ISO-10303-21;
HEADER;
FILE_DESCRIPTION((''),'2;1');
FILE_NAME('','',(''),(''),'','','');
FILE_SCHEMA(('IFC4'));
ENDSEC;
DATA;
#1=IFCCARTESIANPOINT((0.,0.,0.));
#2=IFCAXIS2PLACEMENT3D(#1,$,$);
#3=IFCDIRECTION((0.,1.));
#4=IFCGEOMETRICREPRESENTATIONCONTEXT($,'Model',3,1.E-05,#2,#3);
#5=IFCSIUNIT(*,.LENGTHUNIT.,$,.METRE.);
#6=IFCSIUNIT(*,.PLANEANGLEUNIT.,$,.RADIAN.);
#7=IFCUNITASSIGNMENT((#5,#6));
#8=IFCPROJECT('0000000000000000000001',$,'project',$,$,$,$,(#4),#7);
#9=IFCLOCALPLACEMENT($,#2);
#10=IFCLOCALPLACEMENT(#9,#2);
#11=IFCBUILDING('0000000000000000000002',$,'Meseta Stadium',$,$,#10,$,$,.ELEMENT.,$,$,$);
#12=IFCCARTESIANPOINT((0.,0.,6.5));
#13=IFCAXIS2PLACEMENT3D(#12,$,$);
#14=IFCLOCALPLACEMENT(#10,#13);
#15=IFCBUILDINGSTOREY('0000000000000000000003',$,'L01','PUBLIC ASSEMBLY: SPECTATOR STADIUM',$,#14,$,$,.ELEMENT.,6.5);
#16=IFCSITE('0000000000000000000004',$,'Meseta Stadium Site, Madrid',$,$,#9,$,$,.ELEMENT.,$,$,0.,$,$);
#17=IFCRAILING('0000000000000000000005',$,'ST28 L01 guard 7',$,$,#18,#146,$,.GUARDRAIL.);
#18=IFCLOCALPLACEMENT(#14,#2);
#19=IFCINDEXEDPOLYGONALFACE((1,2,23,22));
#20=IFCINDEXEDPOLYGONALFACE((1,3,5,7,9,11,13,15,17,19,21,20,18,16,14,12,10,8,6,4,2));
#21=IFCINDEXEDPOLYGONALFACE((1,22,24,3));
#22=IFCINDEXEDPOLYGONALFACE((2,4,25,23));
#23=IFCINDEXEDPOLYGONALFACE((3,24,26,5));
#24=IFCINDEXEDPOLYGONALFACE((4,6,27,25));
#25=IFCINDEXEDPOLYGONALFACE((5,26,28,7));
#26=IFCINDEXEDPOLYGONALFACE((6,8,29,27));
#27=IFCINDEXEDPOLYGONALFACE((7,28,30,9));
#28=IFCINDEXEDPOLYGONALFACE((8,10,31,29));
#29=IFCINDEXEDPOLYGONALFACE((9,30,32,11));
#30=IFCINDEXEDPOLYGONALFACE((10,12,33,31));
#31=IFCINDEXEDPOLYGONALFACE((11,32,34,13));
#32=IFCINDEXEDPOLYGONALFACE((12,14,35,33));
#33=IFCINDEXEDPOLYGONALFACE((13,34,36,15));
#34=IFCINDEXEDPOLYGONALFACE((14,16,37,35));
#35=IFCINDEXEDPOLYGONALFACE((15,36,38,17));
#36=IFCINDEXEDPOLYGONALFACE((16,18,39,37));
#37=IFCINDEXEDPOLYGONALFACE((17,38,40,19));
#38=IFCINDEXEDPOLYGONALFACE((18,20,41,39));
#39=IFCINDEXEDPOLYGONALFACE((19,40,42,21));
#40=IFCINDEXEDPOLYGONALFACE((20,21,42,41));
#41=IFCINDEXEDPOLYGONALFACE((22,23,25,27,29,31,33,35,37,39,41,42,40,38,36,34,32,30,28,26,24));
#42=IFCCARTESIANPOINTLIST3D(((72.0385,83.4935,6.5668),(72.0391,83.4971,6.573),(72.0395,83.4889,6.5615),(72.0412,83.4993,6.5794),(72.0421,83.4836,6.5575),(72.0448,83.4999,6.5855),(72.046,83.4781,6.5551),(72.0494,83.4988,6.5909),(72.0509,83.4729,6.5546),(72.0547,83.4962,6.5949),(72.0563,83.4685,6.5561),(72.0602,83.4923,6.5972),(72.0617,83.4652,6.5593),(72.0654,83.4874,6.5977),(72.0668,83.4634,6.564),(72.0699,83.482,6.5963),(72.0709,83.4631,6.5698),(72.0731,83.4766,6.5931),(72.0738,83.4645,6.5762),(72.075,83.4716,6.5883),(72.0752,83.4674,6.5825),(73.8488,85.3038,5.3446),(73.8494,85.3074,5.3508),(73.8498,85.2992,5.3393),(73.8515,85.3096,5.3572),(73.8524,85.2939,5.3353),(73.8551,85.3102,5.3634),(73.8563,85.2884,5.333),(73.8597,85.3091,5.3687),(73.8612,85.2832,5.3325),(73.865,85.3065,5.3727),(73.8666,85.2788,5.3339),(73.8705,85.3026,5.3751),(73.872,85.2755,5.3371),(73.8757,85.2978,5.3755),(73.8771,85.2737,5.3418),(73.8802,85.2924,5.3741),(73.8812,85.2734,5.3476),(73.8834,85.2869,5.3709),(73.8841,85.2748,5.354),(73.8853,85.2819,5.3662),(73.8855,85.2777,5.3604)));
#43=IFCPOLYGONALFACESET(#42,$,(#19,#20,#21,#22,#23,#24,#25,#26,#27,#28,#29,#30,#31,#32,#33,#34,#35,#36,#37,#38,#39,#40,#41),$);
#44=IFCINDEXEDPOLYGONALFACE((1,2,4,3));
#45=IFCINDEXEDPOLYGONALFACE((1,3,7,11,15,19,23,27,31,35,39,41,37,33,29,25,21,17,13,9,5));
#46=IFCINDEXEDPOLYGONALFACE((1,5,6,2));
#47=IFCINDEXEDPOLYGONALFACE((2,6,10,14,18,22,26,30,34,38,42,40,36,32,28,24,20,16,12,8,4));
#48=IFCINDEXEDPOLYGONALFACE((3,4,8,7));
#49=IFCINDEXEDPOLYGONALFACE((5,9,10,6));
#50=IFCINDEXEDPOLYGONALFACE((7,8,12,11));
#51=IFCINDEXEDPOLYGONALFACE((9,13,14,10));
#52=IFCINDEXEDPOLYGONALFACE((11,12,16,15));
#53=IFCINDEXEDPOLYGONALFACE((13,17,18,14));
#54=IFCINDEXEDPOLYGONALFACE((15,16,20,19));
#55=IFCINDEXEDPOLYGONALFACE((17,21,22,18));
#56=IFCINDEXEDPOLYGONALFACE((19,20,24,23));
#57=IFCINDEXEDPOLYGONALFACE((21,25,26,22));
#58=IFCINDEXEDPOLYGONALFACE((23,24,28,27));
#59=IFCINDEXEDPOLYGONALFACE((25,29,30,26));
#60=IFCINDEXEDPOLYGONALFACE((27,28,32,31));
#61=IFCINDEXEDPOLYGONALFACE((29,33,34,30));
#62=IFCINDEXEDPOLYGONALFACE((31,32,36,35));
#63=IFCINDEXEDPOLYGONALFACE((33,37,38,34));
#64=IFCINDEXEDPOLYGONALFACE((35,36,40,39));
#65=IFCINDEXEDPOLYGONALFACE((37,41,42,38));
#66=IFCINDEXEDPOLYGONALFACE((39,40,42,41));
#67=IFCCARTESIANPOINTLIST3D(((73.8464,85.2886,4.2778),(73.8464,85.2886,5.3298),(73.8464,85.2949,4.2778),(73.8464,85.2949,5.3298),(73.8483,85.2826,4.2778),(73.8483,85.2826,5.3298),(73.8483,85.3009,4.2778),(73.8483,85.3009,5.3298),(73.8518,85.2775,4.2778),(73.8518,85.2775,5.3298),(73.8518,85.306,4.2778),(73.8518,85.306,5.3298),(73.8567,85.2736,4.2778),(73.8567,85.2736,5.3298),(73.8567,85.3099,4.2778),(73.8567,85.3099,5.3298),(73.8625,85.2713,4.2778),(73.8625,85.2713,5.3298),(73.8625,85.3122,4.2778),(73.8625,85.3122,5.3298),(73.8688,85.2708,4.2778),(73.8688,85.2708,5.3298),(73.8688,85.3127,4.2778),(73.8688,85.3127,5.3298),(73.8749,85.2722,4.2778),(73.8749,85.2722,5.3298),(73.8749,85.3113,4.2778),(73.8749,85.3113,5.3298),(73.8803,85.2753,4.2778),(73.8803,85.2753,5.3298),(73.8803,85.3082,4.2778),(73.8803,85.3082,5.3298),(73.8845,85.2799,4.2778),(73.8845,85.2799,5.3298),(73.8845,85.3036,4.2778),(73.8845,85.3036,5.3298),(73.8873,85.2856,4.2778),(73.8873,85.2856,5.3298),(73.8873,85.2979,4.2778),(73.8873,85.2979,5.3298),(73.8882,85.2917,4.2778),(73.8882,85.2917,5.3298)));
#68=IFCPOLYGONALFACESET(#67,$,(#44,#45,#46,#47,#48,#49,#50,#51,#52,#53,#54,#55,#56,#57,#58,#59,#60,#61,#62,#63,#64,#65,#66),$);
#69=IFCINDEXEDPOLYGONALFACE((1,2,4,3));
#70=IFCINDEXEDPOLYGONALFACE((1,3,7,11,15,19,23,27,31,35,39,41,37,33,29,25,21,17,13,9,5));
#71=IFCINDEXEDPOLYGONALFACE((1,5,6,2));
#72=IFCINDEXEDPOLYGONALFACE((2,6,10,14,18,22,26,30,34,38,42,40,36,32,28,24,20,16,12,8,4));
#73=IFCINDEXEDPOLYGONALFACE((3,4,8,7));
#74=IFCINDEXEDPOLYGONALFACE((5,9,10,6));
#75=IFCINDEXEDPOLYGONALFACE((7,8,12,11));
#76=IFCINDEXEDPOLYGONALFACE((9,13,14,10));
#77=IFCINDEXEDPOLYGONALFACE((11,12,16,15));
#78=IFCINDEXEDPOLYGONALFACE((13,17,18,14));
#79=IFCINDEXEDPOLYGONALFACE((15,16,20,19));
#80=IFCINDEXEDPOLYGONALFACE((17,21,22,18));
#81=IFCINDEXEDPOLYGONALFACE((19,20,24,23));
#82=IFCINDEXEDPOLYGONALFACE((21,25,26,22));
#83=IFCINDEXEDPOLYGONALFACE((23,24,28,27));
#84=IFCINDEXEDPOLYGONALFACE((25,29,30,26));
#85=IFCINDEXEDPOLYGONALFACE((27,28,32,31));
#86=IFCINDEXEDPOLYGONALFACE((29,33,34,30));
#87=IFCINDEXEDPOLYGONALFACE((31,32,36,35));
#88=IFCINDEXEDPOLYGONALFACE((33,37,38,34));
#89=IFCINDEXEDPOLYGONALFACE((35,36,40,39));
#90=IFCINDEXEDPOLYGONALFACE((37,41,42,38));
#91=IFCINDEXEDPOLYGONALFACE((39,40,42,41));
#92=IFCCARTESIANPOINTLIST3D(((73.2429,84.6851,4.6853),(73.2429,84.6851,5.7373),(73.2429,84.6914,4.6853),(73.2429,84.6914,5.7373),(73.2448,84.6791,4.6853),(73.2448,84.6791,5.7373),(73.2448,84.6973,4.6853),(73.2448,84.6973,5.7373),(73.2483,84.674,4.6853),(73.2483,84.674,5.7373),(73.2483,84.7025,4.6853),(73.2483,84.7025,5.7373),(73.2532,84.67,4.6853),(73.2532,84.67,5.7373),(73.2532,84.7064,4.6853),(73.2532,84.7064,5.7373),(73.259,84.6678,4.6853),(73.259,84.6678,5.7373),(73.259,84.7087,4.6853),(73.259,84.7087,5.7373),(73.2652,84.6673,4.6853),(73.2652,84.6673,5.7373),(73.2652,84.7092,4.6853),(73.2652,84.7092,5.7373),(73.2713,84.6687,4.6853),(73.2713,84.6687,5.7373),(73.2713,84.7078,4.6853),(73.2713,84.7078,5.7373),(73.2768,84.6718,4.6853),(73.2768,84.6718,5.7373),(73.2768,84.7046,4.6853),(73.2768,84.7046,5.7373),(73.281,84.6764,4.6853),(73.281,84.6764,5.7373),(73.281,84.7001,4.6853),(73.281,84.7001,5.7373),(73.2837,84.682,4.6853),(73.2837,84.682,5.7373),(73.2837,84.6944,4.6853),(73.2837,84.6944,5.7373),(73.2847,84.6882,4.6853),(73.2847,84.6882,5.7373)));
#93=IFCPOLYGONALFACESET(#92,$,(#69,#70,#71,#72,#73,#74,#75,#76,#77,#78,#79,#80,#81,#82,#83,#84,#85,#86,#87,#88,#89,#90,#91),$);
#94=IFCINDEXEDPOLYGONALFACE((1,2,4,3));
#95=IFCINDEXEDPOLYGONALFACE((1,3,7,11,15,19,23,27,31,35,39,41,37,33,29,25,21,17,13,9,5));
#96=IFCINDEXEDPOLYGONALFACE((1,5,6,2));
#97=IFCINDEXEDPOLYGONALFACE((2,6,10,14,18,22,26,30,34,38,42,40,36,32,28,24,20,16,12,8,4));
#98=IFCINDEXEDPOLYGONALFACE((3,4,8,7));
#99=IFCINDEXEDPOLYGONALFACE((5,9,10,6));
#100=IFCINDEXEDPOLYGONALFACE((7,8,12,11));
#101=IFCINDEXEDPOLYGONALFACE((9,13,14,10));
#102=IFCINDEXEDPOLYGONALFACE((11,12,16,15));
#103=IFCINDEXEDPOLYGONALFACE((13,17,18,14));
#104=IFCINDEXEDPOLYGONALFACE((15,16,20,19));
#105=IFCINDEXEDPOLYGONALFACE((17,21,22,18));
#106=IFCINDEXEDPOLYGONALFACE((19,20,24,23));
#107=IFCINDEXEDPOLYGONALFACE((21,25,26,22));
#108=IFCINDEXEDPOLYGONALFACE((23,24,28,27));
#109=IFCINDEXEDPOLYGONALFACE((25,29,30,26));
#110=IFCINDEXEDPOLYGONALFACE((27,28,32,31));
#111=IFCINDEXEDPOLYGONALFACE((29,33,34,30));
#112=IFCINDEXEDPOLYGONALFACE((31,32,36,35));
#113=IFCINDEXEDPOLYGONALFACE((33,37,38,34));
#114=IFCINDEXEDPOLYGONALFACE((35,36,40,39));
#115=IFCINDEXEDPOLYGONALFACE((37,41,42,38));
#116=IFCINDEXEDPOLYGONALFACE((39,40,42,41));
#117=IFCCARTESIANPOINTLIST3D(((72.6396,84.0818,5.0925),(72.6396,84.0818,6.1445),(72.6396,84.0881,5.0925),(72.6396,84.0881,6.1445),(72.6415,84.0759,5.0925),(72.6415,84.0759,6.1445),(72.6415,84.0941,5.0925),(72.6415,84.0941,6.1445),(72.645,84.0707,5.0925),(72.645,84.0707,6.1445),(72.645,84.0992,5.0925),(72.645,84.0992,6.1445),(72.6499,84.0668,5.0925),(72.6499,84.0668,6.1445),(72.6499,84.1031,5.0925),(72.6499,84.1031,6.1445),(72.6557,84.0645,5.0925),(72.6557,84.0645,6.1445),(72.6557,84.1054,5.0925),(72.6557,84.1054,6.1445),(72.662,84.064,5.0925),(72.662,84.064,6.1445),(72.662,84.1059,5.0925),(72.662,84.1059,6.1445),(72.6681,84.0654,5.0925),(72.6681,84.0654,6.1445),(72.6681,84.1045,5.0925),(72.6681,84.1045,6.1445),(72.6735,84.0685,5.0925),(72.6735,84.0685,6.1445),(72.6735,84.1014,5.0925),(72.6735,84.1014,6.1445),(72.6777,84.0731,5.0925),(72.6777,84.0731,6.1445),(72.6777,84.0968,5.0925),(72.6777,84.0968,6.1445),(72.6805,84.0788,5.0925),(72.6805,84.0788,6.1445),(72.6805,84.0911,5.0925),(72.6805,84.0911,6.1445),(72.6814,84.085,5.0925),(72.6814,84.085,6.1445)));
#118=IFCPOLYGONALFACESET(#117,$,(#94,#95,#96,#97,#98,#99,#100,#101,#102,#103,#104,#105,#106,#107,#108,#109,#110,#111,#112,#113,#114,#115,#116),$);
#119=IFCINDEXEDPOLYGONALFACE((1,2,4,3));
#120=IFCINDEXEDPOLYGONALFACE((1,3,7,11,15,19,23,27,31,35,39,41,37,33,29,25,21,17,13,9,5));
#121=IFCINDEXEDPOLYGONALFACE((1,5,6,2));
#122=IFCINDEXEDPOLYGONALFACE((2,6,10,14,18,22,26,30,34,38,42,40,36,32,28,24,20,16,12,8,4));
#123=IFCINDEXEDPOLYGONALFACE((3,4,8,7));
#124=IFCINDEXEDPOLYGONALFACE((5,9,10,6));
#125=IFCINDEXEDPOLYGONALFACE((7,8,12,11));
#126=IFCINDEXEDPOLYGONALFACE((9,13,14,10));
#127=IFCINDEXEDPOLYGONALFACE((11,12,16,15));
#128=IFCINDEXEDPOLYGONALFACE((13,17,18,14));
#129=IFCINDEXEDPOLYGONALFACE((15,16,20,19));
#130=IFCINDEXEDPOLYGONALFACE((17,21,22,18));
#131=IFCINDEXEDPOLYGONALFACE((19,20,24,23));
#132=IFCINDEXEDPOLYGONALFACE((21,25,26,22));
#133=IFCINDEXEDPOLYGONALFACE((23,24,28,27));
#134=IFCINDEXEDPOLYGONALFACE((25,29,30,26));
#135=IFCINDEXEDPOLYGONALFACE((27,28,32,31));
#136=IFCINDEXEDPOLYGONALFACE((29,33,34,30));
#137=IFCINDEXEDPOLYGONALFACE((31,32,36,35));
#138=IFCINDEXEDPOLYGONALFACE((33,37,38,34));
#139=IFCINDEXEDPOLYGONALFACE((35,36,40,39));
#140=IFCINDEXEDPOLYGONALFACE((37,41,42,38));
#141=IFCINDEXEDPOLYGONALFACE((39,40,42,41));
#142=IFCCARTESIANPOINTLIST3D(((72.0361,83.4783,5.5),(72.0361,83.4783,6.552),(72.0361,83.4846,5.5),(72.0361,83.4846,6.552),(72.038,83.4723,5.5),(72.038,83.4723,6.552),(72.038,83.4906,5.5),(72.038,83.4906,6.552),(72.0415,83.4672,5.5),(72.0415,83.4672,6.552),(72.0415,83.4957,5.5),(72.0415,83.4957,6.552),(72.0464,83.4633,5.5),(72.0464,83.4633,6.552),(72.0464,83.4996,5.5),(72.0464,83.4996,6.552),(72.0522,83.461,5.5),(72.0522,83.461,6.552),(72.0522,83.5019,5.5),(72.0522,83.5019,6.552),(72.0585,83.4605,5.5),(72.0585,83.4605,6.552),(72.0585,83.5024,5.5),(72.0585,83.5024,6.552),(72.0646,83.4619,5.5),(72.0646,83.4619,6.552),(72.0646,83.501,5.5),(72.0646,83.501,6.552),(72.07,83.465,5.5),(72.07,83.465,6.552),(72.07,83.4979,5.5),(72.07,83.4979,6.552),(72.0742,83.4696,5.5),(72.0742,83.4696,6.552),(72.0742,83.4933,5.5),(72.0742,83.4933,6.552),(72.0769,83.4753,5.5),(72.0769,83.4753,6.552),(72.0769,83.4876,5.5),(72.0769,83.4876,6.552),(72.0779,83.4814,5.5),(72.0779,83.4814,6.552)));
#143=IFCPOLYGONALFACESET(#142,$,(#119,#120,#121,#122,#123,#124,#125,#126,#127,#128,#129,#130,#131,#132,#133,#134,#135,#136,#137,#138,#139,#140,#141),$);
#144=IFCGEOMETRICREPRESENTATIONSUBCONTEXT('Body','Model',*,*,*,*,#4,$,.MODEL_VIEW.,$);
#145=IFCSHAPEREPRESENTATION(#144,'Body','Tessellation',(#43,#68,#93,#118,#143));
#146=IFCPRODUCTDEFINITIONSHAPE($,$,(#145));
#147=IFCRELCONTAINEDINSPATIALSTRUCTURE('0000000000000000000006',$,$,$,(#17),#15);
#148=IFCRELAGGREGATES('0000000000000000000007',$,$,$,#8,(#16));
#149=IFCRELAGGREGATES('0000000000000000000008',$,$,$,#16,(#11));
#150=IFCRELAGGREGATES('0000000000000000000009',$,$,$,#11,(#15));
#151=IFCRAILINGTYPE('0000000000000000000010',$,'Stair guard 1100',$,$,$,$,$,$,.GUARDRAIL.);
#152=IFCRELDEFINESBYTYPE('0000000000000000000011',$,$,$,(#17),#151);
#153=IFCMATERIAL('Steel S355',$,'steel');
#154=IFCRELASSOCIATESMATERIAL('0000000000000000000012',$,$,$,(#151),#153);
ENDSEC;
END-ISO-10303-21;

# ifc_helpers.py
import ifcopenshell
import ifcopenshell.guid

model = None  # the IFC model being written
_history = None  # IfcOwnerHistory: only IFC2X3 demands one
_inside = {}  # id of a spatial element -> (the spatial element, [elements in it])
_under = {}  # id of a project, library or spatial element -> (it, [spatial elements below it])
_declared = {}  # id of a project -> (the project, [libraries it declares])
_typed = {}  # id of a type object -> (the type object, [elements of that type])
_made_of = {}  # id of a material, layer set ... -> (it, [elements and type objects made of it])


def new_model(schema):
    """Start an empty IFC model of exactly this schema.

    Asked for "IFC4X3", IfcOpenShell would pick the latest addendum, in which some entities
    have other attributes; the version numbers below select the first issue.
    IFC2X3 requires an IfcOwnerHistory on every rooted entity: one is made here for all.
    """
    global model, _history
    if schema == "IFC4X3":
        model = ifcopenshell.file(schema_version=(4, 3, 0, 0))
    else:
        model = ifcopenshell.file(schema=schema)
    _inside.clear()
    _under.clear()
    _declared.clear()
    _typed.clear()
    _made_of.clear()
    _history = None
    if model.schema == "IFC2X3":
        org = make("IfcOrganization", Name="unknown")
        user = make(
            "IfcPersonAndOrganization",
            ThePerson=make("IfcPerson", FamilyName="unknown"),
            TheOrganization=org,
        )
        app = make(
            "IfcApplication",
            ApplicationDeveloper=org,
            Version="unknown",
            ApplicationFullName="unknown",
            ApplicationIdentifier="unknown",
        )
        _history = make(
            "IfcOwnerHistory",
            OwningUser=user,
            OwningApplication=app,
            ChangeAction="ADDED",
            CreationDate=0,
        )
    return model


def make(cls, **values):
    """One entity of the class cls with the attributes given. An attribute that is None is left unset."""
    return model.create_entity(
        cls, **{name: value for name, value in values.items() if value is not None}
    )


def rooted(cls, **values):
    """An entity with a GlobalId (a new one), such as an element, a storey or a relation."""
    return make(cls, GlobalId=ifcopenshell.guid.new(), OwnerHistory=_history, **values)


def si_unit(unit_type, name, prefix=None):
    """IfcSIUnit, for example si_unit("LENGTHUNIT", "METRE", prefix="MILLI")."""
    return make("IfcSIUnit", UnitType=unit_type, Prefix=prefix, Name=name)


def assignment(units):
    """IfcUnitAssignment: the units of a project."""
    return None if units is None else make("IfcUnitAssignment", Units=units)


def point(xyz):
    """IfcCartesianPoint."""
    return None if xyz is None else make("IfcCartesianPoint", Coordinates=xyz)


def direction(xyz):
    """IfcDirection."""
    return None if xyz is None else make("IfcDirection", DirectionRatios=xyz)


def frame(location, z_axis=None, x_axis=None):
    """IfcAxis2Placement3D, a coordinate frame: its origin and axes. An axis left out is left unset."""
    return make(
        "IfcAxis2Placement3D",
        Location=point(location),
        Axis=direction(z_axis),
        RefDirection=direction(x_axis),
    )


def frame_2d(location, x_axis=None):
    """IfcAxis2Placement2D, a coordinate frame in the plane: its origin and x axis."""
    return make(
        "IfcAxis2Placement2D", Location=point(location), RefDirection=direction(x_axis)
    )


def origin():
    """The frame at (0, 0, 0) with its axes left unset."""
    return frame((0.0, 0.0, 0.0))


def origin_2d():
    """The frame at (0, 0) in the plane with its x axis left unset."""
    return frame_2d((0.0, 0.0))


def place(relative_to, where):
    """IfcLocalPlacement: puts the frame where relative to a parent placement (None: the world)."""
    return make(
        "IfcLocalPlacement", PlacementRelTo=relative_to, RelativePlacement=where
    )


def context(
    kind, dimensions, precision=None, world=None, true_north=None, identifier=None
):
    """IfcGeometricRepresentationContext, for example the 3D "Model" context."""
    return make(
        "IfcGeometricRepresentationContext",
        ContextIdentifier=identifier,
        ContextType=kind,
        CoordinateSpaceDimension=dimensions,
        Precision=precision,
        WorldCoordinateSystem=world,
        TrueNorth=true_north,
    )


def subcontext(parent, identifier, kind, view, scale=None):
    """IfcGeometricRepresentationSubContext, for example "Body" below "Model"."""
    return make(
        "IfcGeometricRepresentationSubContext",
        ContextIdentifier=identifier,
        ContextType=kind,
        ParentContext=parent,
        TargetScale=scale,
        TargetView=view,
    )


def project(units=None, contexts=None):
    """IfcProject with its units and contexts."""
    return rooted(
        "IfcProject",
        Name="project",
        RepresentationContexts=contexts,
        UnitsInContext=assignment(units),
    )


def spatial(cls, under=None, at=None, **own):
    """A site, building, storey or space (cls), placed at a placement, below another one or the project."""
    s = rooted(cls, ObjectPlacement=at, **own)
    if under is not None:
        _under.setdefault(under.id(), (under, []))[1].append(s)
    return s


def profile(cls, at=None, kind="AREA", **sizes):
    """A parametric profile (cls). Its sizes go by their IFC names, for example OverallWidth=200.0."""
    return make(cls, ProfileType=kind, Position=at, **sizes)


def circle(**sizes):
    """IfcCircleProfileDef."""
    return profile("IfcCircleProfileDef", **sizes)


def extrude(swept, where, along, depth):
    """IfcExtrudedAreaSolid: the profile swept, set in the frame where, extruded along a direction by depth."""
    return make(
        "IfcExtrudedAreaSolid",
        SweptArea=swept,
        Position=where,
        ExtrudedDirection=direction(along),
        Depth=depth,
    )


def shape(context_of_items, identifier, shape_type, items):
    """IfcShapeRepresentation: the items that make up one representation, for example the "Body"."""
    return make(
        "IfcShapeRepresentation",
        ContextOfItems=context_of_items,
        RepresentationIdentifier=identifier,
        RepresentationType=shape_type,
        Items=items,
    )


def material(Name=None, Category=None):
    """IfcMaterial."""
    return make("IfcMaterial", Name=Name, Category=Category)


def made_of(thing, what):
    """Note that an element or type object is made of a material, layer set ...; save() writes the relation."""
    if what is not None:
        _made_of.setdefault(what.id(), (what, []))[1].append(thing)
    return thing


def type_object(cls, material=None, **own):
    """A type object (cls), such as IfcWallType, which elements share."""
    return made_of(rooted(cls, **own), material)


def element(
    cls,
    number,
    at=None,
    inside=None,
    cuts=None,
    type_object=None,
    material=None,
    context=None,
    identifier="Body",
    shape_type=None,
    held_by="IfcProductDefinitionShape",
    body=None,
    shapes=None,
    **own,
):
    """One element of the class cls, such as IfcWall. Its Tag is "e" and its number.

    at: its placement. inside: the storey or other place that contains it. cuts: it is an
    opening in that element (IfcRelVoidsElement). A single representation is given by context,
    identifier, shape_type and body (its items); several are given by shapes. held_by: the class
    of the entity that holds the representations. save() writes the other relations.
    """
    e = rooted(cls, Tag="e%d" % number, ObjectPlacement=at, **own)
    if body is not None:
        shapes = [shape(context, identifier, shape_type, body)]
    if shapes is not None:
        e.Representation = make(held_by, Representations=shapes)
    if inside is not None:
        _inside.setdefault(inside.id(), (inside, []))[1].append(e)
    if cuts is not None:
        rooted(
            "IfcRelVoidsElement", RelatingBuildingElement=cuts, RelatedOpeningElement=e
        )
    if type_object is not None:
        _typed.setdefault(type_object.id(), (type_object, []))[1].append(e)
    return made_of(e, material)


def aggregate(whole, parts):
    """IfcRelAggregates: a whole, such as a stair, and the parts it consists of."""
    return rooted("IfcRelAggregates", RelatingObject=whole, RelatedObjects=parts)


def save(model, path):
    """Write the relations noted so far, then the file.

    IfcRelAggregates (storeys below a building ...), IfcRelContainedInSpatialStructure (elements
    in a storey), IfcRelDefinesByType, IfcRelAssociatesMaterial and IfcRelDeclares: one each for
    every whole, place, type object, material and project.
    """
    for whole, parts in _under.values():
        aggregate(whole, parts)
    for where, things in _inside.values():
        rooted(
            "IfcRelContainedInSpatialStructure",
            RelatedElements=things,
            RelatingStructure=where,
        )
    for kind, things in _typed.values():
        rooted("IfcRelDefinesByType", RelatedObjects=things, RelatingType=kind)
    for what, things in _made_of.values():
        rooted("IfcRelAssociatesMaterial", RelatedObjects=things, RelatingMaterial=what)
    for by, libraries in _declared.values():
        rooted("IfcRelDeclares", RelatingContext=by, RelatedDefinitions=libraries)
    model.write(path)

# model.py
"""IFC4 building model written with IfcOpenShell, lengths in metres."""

from ifc_helpers import new_model, si_unit, direction, frame, origin, origin_2d, place, context, subcontext, project, spatial, circle, extrude, material, type_object, element, save


model = new_model("IFC4")

# Units and contexts
model_context = context("Model", 3, precision=1e-05, world=origin(), true_north=direction((0.0, 1.0)))
body_context = subcontext(model_context, "Body", "Model", "MODEL_VIEW")
ifc_project = project(units=[si_unit("LENGTHUNIT", "METRE"), si_unit("PLANEANGLEUNIT", "RADIAN")], contexts=[model_context])

# Site, building, storey
site_placement = place(None, origin())
site = spatial("IfcSite", under=ifc_project, at=site_placement, Name="Meseta Stadium Site, Madrid", CompositionType="ELEMENT", RefElevation=0.0)
building_placement = place(site_placement, origin())
building = spatial("IfcBuilding", under=site, at=building_placement, Name="Meseta Stadium", CompositionType="ELEMENT")
storey_placement = place(building_placement, frame((0.0, 0.0, 6.5)))
storey = spatial("IfcBuildingStorey", under=building, at=storey_placement, Name="L01", Description="PUBLIC ASSEMBLY: SPECTATOR STADIUM", CompositionType="ELEMENT", Elevation=6.5)

# Railing
ifc_material_1 = material(Name="Steel S355", Category="steel")
railing_type_1 = type_object("IfcRailingType", Name="Stair guard 1100", PredefinedType="GUARDRAIL", material=ifc_material_1)
railing_placement = place(storey_placement, frame((73.8672, 85.2917, 4.2778)))
element("IfcRailing", 1, at=railing_placement, inside=storey, type_object=railing_type_1, Name="ST28 L01 guard 7", PredefinedType="GUARDRAIL", context=body_context, shape_type="SweptSolid", body=[
    extrude(circle(Radius=0.0239, at=origin_2d()), frame((0.0, 0.0, 1.0762), z_axis=(-0.638124, -0.638124, 0.430809), x_axis=(0.707107, -0.707107, 0.0)), (0.0, 0.0, 1.0), 2.8369),
    extrude(circle(Radius=0.021, at=origin_2d()), origin(), (0.0, 0.0, 1.0), 1.052),
    extrude(circle(Radius=0.021, at=origin_2d()), frame((-0.6035, -0.6035, 0.4075)), (0.0, 0.0, 1.0), 1.052),
    extrude(circle(Radius=0.021, at=origin_2d()), frame((-1.2068, -1.2068, 0.8147)), (0.0, 0.0, 1.0), 1.052),
    extrude(circle(Radius=0.021, at=origin_2d()), frame((-1.8103, -1.8103, 1.2222)), (0.0, 0.0, 1.0), 1.052),
])

save(model, "model.ifc")
